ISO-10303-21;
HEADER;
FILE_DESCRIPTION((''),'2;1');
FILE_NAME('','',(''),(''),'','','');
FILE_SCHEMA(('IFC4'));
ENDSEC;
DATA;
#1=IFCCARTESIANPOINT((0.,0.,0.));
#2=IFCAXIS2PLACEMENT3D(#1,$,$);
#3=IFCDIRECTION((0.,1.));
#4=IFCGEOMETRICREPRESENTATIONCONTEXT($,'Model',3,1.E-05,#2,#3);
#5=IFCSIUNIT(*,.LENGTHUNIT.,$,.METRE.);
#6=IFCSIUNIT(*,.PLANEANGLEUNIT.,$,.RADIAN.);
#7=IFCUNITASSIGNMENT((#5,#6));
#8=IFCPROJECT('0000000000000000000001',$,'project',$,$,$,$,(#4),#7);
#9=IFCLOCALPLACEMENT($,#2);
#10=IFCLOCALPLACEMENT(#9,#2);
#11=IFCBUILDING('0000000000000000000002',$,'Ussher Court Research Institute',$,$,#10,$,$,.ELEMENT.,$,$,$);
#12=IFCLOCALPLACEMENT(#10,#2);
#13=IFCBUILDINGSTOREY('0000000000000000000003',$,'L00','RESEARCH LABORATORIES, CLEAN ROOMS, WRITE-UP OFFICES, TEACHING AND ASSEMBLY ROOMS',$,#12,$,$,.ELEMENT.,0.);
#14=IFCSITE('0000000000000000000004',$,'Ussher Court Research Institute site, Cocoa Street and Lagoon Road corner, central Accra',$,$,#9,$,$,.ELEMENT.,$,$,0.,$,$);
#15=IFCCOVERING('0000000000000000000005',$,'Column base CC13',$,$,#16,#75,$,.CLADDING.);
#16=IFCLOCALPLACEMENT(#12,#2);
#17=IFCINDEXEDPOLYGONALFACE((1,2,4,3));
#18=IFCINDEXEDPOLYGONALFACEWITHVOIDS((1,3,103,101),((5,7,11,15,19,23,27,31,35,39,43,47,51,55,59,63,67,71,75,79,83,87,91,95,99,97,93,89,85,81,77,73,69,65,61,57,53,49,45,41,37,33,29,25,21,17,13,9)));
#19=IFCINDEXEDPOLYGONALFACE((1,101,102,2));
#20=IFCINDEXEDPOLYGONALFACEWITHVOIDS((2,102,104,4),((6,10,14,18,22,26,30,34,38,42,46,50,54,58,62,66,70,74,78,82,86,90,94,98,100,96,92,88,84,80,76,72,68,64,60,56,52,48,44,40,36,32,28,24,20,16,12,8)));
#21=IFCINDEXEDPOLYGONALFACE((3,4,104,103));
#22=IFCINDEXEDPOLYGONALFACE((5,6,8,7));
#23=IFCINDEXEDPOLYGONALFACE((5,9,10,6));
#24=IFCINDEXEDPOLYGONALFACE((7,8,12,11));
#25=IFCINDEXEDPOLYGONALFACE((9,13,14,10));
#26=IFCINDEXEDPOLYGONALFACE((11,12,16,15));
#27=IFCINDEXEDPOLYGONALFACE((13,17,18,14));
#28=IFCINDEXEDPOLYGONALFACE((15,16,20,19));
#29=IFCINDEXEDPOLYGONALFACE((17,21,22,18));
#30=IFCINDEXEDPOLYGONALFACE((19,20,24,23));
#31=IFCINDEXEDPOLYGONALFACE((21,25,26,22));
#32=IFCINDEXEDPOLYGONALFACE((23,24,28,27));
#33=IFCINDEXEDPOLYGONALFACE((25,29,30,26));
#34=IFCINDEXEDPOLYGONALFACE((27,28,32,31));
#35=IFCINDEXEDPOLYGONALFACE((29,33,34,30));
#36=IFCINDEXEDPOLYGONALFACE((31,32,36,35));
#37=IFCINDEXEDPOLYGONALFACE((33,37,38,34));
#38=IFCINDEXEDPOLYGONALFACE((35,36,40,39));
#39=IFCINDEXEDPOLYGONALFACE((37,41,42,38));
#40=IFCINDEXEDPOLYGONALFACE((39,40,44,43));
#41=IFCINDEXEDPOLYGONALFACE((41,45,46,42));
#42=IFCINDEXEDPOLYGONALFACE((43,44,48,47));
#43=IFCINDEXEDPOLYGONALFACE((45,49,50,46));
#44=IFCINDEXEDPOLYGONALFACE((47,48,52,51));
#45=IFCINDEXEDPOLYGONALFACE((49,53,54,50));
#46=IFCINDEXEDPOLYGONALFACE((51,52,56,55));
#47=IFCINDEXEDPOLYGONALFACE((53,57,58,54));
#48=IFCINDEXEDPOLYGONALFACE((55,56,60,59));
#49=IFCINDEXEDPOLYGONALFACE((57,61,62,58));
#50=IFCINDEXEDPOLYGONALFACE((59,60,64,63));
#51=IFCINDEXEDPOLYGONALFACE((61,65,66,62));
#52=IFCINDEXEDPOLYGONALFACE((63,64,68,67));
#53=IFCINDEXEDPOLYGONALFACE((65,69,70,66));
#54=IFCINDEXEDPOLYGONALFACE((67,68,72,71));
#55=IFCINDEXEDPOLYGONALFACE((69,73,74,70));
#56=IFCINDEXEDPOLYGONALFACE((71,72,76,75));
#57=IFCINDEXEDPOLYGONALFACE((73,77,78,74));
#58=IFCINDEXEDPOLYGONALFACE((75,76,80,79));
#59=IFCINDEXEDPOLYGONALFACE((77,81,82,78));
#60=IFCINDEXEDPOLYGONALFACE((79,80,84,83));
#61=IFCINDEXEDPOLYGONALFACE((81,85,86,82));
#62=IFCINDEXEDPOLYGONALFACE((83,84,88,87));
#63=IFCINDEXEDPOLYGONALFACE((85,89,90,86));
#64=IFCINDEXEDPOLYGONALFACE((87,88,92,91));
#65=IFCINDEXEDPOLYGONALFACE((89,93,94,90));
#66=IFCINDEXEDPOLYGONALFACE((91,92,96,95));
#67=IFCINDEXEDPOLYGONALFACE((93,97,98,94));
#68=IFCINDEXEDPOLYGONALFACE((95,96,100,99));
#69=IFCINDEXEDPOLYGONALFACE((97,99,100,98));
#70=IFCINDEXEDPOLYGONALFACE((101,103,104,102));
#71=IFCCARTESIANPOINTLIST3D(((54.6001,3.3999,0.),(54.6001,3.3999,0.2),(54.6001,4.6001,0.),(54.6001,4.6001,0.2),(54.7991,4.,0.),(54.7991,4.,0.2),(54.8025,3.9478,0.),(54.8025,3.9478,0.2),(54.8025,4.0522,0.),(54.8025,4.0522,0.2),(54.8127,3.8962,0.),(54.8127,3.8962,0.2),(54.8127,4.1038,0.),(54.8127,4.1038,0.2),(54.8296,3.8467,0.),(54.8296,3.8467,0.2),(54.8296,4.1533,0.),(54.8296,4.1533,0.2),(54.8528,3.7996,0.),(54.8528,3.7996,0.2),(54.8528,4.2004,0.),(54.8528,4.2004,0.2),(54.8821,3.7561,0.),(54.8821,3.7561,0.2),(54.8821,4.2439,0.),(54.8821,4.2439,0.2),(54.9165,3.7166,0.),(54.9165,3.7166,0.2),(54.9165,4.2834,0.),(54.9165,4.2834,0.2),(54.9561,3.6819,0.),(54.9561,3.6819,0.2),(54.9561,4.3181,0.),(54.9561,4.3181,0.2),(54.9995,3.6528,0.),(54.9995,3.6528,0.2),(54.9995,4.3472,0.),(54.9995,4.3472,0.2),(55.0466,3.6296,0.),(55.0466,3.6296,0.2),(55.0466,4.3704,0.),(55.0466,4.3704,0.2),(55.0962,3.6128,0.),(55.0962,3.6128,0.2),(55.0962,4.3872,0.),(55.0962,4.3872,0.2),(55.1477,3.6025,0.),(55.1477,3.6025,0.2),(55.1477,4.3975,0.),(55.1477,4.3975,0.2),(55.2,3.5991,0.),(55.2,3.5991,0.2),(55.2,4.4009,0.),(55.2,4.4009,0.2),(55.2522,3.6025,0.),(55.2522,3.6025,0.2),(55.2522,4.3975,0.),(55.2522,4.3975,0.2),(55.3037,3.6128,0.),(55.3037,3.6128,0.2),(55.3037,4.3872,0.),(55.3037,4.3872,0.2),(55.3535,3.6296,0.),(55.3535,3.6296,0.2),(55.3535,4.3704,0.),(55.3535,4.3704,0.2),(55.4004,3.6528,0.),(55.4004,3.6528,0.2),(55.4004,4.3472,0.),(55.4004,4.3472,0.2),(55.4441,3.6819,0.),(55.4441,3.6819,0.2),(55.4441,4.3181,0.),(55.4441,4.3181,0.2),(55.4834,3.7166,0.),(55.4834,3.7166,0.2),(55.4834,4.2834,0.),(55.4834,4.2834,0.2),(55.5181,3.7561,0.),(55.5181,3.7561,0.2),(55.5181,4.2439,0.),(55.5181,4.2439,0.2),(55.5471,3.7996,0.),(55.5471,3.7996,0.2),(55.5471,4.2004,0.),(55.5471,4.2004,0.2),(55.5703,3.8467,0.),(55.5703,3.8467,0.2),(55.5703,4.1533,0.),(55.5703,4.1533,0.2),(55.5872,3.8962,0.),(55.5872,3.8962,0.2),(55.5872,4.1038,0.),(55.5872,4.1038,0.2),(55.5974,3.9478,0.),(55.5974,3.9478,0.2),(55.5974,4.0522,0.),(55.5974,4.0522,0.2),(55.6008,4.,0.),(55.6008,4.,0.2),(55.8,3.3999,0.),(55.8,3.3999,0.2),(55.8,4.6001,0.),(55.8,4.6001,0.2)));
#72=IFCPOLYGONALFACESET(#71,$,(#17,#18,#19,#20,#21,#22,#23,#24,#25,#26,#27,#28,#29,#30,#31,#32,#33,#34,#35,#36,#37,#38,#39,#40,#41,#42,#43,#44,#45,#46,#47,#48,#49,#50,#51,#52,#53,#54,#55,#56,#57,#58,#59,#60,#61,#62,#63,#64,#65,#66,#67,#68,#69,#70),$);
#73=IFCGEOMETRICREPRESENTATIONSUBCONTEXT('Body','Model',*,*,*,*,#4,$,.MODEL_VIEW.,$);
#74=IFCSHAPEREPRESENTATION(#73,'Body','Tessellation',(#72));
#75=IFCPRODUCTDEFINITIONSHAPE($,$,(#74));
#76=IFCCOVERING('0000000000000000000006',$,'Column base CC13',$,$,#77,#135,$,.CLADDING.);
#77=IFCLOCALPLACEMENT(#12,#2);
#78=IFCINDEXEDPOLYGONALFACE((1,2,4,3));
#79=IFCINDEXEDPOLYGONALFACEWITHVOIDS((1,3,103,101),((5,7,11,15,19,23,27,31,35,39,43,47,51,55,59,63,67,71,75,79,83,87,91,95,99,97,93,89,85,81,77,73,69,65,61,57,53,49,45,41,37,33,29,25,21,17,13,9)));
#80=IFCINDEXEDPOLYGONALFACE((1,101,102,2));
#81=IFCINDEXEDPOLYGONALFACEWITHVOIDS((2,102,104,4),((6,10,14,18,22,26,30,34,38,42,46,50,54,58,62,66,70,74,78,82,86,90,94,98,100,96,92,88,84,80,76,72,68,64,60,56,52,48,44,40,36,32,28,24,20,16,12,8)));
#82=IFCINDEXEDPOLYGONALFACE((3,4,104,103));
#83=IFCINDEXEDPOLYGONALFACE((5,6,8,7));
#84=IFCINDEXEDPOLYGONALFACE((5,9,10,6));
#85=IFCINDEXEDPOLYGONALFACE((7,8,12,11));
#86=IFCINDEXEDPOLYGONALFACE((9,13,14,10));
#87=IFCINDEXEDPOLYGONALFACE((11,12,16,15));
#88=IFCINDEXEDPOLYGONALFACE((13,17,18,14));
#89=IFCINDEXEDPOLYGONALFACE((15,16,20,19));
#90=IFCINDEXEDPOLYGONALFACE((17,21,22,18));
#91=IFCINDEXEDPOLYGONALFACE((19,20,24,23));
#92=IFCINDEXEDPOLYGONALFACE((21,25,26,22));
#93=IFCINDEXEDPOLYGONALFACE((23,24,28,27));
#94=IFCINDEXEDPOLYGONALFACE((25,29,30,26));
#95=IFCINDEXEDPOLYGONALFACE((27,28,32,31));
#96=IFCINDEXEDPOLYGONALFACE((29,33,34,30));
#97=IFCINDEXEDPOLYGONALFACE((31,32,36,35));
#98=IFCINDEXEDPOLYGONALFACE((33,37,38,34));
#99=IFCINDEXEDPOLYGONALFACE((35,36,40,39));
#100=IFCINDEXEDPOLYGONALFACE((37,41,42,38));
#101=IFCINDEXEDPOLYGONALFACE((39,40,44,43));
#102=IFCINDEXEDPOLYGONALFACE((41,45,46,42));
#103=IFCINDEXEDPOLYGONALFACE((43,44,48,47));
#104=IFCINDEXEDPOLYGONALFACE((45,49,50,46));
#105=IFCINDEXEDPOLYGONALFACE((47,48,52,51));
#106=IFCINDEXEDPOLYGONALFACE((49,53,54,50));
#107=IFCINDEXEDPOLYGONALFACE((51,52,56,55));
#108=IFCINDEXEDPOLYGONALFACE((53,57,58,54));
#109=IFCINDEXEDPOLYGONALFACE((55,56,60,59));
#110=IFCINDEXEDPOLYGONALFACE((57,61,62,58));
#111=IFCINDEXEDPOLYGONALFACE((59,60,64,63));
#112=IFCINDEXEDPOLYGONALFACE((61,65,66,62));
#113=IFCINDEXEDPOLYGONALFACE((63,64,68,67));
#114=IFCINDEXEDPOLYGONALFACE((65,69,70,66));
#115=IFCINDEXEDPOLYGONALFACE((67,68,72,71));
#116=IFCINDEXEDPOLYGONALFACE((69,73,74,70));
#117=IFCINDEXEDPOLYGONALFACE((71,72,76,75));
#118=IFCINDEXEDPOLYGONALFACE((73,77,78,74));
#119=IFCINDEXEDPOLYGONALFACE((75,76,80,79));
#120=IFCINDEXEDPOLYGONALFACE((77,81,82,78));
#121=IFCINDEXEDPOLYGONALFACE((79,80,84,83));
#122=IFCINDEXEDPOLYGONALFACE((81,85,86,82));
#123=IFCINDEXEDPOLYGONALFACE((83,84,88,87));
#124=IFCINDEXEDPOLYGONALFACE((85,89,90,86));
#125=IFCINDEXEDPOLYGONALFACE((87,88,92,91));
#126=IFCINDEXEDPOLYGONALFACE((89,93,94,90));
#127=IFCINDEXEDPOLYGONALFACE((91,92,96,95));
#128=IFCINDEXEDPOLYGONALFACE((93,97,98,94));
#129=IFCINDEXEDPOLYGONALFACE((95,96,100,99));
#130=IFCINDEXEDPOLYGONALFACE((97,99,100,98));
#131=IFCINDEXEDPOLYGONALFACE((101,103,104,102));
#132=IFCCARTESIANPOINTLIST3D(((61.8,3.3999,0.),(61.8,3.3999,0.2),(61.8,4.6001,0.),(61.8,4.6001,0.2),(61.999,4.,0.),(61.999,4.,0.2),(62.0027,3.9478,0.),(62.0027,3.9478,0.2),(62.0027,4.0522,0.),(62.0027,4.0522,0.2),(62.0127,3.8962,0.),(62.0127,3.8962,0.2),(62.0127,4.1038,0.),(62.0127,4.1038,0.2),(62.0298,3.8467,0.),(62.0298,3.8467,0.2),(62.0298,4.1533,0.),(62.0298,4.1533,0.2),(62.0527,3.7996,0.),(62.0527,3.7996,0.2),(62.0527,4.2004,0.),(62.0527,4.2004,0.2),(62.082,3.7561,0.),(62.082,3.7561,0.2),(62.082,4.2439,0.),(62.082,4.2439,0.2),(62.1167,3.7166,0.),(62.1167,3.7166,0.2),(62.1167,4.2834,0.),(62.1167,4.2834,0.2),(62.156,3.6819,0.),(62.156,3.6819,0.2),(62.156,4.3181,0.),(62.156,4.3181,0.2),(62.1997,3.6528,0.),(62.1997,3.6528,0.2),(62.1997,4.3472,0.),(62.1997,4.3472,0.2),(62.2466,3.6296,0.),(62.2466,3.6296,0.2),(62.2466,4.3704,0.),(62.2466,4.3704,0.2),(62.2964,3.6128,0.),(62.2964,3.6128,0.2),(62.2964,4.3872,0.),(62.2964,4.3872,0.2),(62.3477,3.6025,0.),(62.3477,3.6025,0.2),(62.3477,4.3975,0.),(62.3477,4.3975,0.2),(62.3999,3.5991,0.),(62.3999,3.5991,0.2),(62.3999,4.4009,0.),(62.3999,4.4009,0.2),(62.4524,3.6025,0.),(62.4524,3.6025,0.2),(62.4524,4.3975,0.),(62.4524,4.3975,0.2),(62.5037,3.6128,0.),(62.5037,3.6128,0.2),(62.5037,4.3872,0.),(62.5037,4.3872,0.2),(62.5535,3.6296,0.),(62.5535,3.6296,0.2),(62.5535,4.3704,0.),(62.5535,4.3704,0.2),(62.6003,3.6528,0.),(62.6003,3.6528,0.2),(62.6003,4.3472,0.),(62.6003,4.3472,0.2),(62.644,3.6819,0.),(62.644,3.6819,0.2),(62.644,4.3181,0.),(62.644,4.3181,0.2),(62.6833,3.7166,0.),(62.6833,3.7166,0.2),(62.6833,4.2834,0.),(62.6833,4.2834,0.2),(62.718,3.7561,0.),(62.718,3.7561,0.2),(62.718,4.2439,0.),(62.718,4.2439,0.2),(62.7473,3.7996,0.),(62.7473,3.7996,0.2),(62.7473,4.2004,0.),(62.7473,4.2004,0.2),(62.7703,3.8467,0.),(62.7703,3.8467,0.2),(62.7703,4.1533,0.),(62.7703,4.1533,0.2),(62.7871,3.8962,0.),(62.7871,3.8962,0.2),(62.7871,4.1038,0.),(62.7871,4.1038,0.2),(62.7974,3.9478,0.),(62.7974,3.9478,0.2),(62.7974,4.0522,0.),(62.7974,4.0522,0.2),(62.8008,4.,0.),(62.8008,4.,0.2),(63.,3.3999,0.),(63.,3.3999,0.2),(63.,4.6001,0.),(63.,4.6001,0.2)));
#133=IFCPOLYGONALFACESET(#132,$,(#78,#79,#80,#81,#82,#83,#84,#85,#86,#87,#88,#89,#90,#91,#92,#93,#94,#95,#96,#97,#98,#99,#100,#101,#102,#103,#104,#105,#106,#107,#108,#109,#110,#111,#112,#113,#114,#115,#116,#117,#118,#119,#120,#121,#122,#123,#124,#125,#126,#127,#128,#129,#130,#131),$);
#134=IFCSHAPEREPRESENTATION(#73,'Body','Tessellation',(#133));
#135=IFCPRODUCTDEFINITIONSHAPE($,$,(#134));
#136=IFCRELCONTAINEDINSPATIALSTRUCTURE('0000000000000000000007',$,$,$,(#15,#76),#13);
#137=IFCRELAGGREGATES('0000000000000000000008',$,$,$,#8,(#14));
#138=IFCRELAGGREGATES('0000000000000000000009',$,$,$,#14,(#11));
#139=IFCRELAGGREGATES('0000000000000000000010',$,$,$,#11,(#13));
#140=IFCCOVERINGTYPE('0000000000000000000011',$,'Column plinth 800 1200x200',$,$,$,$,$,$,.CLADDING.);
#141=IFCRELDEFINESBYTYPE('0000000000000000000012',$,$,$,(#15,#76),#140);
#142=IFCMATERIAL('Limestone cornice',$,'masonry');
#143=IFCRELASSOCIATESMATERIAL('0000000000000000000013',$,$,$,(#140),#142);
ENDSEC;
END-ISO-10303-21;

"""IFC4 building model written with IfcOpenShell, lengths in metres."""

from ifc_helpers import new_model, si_unit, direction, origin, place, context, subcontext, project, spatial, polyline, outline, extrude, material, type_object, element, save


model = new_model("IFC4")

# Units and contexts
model_context = context("Model", 3, precision=1e-05, world=origin(), true_north=direction((0.0, 1.0)))
body_context = subcontext(model_context, "Body", "Model", "MODEL_VIEW")
ifc_project = project(units=[si_unit("LENGTHUNIT", "METRE"), si_unit("PLANEANGLEUNIT", "RADIAN")], contexts=[model_context])

# Site, building, storey
site_placement = place(None, origin())
site = spatial("IfcSite", under=ifc_project, at=site_placement, Name="Ussher Court Research Institute site, Cocoa Street and Lagoon Road corner, central Accra", CompositionType="ELEMENT", RefElevation=0.0)
building_placement = place(site_placement, origin())
building = spatial("IfcBuilding", under=site, at=building_placement, Name="Ussher Court Research Institute", CompositionType="ELEMENT")
storey_placement = place(building_placement, origin())
storey = spatial("IfcBuildingStorey", under=building, at=storey_placement, Name="L00", Description="RESEARCH LABORATORIES, CLEAN ROOMS, WRITE-UP OFFICES, TEACHING AND ASSEMBLY ROOMS", CompositionType="ELEMENT", Elevation=0.0)

# Coverings
ifc_material_1 = material(Name="Limestone cornice", Category="masonry")
covering_type_1 = type_object("IfcCoveringType", Name="Column plinth 800 1200x200", PredefinedType="CLADDING", material=ifc_material_1)
covering_1_placement = place(storey_placement, origin())
element("IfcCovering", 1, at=covering_1_placement, inside=storey, type_object=covering_type_1, Name="Column base CC13", PredefinedType="CLADDING", context=body_context, shape_type="SweptSolid", body=[
    extrude(outline(polyline([(55.8, 3.3999), (55.8, 4.6001), (54.6001, 4.6001), (54.6001, 3.3999), (55.8, 3.3999)]), holes=[polyline([(55.6008, 4.0), (55.5974, 4.0522), (55.5872, 4.1038), (55.5703, 4.1533), (55.5471, 4.2004), (55.5181, 4.2439), (55.4834, 4.2834), (55.4441, 4.3181), (55.4004, 4.3472), (55.3535, 4.3704), (55.3037, 4.3872), (55.2522, 4.3975), (55.2, 4.4009), (55.1477, 4.3975), (55.0962, 4.3872), (55.0466, 4.3704), (54.9995, 4.3472), (54.9561, 4.3181), (54.9165, 4.2834), (54.8821, 4.2439), (54.8528, 4.2004), (54.8296, 4.1533), (54.8127, 4.1038), (54.8025, 4.0522), (54.7991, 4.0), (54.8025, 3.9478), (54.8127, 3.8962), (54.8296, 3.8467), (54.8528, 3.7996), (54.8821, 3.7561), (54.9165, 3.7166), (54.9561, 3.6819), (54.9995, 3.6528), (55.0466, 3.6296), (55.0962, 3.6128), (55.1477, 3.6025), (55.2, 3.5991), (55.2522, 3.6025), (55.3037, 3.6128), (55.3535, 3.6296), (55.4004, 3.6528), (55.4441, 3.6819), (55.4834, 3.7166), (55.5181, 3.7561), (55.5471, 3.7996), (55.5703, 3.8467), (55.5872, 3.8962), (55.5974, 3.9478), (55.6008, 4.0)])]), origin(), (0.0, 0.0, 1.0), 0.2),
])
covering_2_placement = place(storey_placement, origin())
element("IfcCovering", 2, at=covering_2_placement, inside=storey, type_object=covering_type_1, Name="Column base CC13", PredefinedType="CLADDING", context=body_context, shape_type="SweptSolid", body=[
    extrude(outline(polyline([(63.0, 3.3999), (63.0, 4.6001), (61.8, 4.6001), (61.8, 3.3999), (63.0, 3.3999)]), holes=[polyline([(62.8008, 4.0), (62.7974, 4.0522), (62.7871, 4.1038), (62.7703, 4.1533), (62.7473, 4.2004), (62.718, 4.2439), (62.6833, 4.2834), (62.644, 4.3181), (62.6003, 4.3472), (62.5535, 4.3704), (62.5037, 4.3872), (62.4524, 4.3975), (62.3999, 4.4009), (62.3477, 4.3975), (62.2964, 4.3872), (62.2466, 4.3704), (62.1997, 4.3472), (62.156, 4.3181), (62.1167, 4.2834), (62.082, 4.2439), (62.0527, 4.2004), (62.0298, 4.1533), (62.0127, 4.1038), (62.0027, 4.0522), (61.999, 4.0), (62.0027, 3.9478), (62.0127, 3.8962), (62.0298, 3.8467), (62.0527, 3.7996), (62.082, 3.7561), (62.1167, 3.7166), (62.156, 3.6819), (62.1997, 3.6528), (62.2466, 3.6296), (62.2964, 3.6128), (62.3477, 3.6025), (62.3999, 3.5991), (62.4524, 3.6025), (62.5037, 3.6128), (62.5535, 3.6296), (62.6003, 3.6528), (62.644, 3.6819), (62.6833, 3.7166), (62.718, 3.7561), (62.7473, 3.7996), (62.7703, 3.8467), (62.7871, 3.8962), (62.7974, 3.9478), (62.8008, 4.0)])]), origin(), (0.0, 0.0, 1.0), 0.2),
])

save(model, "model.ifc")
